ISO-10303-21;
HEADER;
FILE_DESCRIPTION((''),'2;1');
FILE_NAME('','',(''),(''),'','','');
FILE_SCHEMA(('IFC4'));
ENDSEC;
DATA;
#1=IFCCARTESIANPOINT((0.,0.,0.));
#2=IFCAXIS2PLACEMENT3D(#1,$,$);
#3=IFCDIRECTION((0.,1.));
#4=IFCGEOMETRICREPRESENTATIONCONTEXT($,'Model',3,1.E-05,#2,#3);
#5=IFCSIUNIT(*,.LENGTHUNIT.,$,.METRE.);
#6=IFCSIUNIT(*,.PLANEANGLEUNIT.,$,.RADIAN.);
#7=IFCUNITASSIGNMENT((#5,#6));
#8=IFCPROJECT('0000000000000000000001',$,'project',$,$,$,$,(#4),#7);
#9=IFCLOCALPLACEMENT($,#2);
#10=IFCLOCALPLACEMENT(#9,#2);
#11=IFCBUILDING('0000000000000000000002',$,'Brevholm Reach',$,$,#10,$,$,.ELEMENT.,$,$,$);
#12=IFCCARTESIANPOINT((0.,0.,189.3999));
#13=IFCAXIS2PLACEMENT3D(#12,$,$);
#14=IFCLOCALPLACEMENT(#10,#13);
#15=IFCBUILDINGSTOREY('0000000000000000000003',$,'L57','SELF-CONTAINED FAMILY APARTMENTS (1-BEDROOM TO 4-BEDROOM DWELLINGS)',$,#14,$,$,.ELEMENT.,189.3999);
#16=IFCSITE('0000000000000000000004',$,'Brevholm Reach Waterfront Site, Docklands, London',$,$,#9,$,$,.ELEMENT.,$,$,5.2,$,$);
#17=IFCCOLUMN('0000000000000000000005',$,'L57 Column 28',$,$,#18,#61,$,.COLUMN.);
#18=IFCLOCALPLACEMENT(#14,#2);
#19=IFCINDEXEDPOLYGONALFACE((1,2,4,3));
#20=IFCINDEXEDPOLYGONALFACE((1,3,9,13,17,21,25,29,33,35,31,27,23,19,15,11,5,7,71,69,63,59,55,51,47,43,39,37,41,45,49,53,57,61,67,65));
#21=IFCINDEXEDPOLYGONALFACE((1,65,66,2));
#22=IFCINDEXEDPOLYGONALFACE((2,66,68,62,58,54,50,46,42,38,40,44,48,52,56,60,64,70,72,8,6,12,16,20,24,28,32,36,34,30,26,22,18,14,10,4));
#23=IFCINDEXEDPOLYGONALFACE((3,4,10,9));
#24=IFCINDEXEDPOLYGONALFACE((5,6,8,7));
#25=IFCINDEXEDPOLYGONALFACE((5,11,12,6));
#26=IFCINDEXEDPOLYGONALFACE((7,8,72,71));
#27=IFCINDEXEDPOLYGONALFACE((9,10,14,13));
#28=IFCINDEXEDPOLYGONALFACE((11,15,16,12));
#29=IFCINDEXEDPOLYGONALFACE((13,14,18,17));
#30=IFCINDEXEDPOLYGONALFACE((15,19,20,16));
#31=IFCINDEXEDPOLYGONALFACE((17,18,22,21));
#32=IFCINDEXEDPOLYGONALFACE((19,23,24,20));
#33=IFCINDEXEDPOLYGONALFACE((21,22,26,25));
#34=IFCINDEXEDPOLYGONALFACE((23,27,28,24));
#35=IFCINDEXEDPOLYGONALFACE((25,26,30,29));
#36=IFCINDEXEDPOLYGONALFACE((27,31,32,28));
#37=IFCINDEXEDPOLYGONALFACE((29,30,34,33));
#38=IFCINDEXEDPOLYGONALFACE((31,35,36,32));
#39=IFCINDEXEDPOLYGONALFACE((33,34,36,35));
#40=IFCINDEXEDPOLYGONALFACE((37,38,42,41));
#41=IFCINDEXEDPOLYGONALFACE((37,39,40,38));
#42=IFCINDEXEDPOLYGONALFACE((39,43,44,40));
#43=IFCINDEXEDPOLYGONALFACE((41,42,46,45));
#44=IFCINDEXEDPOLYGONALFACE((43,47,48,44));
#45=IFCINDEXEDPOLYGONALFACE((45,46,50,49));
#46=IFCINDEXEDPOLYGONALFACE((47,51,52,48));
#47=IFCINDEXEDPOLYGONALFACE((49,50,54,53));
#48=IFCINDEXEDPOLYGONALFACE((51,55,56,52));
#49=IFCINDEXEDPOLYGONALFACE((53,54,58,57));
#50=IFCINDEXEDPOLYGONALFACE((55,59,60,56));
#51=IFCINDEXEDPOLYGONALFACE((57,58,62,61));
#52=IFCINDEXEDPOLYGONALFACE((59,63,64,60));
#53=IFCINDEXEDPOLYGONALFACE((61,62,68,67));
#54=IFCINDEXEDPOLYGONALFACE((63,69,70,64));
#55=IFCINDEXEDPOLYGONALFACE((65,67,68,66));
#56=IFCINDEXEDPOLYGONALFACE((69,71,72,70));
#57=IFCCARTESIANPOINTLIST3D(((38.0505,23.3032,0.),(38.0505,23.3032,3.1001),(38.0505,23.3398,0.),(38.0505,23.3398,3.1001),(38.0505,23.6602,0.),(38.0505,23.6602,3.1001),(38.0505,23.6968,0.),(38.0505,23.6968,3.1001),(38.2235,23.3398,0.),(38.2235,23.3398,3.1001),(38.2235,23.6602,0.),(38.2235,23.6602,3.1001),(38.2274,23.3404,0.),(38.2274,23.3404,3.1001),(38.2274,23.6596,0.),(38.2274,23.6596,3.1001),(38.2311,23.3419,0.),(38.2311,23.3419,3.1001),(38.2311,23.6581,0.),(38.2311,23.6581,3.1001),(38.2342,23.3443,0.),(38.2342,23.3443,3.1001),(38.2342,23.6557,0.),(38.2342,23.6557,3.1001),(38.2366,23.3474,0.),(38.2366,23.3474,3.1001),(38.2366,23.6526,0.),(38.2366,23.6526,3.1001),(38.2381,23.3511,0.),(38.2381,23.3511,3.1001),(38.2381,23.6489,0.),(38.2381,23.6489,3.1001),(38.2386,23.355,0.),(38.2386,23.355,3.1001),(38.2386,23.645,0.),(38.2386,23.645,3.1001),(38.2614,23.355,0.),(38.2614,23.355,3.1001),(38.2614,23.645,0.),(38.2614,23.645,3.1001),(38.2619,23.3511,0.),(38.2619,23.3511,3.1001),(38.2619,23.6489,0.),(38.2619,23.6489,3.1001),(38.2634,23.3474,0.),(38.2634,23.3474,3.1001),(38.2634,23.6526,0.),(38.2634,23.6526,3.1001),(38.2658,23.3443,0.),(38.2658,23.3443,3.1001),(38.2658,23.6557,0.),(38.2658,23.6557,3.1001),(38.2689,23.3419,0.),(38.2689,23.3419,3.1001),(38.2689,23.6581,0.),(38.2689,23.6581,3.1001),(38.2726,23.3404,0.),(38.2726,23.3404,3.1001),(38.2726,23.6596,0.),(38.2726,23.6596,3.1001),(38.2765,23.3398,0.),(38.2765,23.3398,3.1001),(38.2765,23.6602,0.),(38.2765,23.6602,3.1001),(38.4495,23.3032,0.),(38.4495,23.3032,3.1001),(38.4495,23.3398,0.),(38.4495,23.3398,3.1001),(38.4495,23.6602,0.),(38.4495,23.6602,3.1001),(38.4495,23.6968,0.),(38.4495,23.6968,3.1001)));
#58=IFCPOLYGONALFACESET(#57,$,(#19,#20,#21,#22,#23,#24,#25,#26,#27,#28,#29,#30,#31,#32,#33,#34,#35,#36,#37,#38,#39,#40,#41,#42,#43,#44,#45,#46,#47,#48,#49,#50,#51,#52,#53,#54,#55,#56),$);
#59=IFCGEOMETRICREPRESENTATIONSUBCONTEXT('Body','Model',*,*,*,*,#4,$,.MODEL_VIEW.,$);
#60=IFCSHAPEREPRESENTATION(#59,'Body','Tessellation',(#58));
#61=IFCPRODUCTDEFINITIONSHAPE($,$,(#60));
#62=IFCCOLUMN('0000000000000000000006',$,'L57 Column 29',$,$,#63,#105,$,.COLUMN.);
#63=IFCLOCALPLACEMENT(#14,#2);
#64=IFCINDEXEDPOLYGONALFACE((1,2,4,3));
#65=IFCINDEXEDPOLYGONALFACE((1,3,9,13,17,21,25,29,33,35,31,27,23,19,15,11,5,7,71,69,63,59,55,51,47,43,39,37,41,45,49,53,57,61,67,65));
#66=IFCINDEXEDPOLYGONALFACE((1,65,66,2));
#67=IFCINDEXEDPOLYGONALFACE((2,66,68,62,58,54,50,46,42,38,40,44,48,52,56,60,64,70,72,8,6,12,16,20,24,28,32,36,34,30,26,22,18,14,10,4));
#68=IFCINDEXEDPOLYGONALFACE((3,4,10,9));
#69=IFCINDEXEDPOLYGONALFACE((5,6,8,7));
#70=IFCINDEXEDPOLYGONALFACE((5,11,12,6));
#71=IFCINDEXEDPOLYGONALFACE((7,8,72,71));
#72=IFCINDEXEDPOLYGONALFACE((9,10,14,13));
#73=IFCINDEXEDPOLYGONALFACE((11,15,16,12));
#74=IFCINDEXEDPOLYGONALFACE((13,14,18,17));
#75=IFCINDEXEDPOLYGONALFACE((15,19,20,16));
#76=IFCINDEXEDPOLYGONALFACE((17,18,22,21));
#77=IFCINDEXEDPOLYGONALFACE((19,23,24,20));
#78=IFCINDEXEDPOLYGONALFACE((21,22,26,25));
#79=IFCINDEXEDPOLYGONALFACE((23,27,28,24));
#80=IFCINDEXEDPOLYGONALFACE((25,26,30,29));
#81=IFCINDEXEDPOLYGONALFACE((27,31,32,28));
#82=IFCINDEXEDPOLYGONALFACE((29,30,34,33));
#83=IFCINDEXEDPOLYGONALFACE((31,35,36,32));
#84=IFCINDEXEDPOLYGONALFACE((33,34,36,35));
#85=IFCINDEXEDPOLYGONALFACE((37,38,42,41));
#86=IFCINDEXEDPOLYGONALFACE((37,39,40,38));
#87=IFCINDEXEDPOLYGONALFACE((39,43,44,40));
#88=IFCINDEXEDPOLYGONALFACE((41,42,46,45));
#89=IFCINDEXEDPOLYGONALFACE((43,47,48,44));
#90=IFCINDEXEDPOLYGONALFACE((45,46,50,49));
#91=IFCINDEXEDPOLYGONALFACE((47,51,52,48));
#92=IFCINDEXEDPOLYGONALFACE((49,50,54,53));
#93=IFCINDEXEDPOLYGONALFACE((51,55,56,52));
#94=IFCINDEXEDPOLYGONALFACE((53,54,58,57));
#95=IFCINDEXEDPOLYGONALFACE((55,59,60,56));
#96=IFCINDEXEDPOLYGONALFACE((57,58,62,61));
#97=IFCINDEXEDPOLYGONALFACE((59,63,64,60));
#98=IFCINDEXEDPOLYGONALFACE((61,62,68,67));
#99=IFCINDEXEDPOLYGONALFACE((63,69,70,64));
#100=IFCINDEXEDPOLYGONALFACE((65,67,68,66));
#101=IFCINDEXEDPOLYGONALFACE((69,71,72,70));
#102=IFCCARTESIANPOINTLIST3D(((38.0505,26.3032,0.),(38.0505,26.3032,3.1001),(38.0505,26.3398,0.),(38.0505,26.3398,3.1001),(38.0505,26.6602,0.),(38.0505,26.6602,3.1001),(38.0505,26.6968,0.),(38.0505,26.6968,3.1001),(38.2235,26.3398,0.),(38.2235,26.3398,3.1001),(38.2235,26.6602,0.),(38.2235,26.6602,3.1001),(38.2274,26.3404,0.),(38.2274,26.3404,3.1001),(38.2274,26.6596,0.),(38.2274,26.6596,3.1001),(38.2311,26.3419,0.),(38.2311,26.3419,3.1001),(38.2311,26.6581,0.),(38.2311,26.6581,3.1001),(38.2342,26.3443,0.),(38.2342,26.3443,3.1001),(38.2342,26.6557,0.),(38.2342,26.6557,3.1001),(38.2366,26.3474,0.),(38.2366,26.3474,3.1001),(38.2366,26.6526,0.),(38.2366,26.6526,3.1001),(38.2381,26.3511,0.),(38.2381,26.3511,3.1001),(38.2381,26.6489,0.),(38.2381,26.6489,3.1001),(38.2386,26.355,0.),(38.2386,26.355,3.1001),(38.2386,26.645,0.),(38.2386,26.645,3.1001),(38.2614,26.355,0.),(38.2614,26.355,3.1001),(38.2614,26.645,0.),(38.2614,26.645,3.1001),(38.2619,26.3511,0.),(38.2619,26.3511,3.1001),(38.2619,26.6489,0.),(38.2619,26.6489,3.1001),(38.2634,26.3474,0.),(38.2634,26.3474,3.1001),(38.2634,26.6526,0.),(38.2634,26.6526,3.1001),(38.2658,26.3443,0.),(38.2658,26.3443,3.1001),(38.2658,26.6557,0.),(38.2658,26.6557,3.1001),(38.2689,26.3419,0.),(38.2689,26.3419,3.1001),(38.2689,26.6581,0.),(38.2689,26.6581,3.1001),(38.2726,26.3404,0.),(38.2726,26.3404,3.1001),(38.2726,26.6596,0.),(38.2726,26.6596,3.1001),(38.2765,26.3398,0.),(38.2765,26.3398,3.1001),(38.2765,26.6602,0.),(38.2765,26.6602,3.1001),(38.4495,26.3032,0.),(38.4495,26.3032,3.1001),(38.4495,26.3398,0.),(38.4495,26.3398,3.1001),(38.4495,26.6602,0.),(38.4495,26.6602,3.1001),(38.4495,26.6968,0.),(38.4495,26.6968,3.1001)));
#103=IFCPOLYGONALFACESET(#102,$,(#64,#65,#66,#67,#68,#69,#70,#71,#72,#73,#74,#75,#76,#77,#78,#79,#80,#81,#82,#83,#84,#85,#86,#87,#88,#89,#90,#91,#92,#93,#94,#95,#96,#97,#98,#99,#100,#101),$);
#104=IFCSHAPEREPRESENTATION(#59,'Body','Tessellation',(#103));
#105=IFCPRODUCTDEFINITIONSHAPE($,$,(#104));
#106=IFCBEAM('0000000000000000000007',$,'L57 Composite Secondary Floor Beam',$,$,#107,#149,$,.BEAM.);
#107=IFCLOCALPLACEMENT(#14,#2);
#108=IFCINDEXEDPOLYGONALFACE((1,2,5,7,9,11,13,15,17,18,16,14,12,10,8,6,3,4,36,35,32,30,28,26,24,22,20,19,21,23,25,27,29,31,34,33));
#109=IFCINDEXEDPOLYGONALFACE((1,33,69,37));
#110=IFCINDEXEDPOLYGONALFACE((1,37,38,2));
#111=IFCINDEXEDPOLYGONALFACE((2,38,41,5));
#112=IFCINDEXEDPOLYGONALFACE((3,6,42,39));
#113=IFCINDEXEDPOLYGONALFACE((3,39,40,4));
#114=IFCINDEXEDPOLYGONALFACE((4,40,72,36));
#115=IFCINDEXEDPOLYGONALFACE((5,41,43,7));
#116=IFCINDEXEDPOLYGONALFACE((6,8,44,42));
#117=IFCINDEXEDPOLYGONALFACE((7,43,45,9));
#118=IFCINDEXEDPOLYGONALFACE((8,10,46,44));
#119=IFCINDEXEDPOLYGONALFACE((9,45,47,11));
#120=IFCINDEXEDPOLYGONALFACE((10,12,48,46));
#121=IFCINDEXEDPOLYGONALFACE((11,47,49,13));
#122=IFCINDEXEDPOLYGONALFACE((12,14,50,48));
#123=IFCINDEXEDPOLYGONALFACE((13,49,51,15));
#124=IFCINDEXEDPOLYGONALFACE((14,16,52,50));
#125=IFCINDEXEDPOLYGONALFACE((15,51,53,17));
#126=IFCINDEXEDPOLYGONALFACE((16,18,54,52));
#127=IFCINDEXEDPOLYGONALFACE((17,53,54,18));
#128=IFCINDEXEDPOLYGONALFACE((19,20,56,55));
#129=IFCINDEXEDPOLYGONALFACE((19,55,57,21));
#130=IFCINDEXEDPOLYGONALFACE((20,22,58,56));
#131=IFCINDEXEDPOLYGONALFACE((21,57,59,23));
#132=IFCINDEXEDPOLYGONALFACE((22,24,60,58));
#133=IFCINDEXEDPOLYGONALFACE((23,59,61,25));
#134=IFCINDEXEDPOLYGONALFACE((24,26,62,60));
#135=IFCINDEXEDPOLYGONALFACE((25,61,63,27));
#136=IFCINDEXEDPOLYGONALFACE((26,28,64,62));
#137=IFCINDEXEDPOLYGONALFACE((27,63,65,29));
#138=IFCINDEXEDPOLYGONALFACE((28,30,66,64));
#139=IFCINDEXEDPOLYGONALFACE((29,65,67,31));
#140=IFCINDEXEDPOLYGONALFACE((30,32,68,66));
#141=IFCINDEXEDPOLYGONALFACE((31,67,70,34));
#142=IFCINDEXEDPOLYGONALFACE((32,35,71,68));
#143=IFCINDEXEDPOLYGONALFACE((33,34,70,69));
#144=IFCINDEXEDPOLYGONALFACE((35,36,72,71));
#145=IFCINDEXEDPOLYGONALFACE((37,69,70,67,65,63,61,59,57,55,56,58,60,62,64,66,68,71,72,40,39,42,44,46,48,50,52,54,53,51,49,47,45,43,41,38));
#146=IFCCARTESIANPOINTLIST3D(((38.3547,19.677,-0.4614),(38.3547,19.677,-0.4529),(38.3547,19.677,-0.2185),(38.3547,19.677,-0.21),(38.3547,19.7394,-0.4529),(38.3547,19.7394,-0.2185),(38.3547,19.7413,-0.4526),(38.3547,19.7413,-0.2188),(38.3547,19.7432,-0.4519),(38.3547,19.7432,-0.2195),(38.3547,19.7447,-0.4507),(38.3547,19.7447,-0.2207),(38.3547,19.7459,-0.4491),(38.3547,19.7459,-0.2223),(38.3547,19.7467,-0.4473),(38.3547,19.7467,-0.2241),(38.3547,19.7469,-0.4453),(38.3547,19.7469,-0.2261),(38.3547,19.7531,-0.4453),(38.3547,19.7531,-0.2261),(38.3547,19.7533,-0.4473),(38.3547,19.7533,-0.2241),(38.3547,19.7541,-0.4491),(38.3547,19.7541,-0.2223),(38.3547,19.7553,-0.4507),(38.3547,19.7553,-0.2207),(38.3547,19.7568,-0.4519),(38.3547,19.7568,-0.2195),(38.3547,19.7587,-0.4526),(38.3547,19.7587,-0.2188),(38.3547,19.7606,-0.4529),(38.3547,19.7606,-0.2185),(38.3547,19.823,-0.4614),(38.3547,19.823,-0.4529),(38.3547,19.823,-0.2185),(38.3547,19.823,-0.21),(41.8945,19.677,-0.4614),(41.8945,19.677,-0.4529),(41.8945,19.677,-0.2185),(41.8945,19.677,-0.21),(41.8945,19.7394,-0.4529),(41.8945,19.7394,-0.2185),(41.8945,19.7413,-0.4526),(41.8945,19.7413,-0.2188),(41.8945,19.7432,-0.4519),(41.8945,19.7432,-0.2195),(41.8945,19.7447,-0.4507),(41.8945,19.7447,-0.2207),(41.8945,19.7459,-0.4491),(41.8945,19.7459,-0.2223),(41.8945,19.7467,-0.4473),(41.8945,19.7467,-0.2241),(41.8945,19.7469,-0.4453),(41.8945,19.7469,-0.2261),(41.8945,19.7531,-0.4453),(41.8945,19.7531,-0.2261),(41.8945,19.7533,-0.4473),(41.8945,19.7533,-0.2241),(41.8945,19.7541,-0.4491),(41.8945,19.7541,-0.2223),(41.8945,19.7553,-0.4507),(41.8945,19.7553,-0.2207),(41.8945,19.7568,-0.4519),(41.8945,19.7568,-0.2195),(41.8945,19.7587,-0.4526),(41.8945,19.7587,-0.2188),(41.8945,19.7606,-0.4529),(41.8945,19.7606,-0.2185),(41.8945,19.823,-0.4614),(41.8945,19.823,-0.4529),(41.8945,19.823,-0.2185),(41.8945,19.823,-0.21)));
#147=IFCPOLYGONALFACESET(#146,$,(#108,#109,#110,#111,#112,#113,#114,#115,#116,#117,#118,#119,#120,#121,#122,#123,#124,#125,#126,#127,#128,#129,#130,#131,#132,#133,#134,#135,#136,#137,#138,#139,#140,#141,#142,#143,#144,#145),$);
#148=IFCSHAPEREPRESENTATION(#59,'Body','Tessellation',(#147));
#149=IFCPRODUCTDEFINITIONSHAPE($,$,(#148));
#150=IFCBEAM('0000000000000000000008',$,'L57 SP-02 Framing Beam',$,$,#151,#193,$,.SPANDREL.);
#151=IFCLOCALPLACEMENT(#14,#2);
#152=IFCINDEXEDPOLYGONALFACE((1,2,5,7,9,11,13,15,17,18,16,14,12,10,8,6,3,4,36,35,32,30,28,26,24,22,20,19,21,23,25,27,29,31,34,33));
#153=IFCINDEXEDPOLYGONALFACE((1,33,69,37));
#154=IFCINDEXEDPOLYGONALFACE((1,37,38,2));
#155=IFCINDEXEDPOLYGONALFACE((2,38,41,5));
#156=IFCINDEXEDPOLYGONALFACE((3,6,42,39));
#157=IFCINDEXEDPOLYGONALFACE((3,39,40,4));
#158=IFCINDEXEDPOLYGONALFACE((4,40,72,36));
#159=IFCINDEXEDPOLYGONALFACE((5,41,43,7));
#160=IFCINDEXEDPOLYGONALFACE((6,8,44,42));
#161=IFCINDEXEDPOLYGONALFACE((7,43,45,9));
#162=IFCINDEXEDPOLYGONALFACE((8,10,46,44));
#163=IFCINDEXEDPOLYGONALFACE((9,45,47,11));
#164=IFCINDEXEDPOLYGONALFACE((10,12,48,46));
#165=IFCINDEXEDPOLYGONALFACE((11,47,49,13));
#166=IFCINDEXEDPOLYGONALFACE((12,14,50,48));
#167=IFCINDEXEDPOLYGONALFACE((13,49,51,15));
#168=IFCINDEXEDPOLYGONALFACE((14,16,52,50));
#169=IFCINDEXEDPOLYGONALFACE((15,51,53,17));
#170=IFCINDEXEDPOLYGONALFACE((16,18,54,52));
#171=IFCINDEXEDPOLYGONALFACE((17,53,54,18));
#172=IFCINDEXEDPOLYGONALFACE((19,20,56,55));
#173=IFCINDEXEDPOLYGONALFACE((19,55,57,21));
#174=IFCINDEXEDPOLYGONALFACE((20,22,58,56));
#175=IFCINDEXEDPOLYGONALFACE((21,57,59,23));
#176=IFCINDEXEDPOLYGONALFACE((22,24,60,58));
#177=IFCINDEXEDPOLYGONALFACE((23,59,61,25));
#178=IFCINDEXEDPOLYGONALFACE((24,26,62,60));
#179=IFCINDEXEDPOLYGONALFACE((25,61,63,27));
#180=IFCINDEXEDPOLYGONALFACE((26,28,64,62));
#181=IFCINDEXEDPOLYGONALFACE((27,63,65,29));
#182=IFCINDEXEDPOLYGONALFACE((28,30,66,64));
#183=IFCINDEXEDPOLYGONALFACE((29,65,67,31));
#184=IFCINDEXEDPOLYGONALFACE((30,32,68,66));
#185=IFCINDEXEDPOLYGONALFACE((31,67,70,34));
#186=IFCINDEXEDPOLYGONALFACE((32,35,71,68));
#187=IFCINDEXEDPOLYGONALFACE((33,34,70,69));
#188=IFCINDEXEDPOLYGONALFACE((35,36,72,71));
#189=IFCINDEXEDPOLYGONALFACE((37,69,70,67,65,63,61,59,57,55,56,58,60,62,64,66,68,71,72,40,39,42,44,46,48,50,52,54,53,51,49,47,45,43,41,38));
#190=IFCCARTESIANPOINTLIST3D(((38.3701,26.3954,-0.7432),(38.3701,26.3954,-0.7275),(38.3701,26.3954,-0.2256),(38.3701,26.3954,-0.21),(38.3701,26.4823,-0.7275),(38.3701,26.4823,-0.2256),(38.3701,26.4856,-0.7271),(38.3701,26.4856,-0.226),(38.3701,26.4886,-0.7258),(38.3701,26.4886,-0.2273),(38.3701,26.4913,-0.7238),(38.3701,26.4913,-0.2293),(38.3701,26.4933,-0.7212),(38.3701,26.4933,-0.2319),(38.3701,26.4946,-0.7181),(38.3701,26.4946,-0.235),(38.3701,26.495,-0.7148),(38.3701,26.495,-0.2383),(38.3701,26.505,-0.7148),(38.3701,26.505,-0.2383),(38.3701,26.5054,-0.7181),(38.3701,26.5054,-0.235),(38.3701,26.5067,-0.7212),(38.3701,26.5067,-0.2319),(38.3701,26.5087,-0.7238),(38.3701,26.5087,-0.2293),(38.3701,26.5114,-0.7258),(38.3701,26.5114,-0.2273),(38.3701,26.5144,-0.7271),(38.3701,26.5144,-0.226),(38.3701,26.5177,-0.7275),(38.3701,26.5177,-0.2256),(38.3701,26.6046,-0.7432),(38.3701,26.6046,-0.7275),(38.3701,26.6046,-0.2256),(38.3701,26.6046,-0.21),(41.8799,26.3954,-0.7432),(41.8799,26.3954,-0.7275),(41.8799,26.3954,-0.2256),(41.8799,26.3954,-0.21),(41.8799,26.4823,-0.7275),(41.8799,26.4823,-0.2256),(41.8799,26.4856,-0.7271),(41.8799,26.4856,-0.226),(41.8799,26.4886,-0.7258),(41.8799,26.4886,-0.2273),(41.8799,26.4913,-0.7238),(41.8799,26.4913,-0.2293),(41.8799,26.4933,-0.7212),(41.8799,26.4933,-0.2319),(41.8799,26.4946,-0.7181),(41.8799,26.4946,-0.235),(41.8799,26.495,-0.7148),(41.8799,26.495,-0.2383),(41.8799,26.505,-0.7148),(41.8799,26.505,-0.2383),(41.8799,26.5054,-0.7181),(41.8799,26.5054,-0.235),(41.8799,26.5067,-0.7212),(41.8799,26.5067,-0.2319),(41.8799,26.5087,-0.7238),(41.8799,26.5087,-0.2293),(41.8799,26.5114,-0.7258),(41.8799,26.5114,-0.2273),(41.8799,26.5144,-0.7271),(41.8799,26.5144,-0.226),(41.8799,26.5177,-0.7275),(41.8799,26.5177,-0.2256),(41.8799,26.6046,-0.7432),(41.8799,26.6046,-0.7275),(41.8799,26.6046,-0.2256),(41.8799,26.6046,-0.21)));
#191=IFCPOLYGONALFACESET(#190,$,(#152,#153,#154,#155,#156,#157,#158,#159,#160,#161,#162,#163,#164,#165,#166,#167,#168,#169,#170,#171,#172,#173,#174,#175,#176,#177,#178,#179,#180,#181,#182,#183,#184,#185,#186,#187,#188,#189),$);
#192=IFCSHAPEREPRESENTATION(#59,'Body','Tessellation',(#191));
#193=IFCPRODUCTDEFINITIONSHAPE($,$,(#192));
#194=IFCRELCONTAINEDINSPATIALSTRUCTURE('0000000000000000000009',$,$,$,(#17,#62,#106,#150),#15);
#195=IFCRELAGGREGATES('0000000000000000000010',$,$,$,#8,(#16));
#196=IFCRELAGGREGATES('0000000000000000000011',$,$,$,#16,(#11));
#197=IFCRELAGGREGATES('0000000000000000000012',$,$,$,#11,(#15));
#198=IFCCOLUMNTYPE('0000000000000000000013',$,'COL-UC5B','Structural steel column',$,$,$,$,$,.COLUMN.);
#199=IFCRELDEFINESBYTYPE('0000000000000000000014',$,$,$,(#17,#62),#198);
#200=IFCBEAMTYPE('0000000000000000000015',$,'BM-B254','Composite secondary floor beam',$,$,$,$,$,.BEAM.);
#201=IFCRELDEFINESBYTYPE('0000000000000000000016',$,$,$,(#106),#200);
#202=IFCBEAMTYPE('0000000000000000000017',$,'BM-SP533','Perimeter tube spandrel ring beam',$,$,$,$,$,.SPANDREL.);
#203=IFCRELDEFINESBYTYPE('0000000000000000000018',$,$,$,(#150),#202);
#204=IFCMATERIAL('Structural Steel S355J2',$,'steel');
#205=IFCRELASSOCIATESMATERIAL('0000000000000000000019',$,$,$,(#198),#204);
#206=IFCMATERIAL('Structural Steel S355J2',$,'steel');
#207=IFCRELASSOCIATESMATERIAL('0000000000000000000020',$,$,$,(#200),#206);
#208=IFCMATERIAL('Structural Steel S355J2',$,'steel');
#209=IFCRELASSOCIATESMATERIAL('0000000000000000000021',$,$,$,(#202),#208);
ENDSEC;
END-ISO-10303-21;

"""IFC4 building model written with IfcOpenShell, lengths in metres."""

from ifc_helpers import new_model, si_unit, direction, frame, origin, origin_2d, place, context, subcontext, project, spatial, i_section, extrude, material, material_profile, profile_set, type_object, element, save


model = new_model("IFC4")

# Units and contexts
model_context = context("Model", 3, precision=1e-05, world=origin(), true_north=direction((0.0, 1.0)))
body_context = subcontext(model_context, "Body", "Model", "MODEL_VIEW")
ifc_project = project(units=[si_unit("LENGTHUNIT", "METRE"), si_unit("PLANEANGLEUNIT", "RADIAN")], contexts=[model_context])

# Site, building, storey
site_placement = place(None, origin())
site = spatial("IfcSite", under=ifc_project, at=site_placement, Name="Brevholm Reach Waterfront Site, Docklands, London", CompositionType="ELEMENT", RefElevation=5.2)
building_placement = place(site_placement, origin())
building = spatial("IfcBuilding", under=site, at=building_placement, Name="Brevholm Reach", CompositionType="ELEMENT")
storey_placement = place(building_placement, frame((0.0, 0.0, 189.3999)))
storey = spatial("IfcBuildingStorey", under=building, at=storey_placement, Name="L57", Description="SELF-CONTAINED FAMILY APARTMENTS (1-BEDROOM TO 4-BEDROOM DWELLINGS)", CompositionType="ELEMENT", Elevation=189.3999)

# Columns
ifc_material_1 = material(Name="Structural Steel S355J2", Category="steel")
ifc_material_profile_1 = material_profile(ifc_material_1, i_section(OverallWidth=0.3989, OverallDepth=0.3936, WebThickness=0.0227, FlangeThickness=0.0366, FilletRadius=0.0151, at=origin_2d()), Name="UKC 356x406x287")
ifc_profile_set_1 = profile_set([ifc_material_profile_1], Name="Structural Steel S355J2")
column_type = type_object("IfcColumnType", Name="COL-UC5B", Description="Structural steel column", PredefinedType="COLUMN", material=ifc_profile_set_1)
for number, where, z_axis, x_axis, name in (
    (1, (38.25, 23.5, 0.0), (0.0, 0.0, 1.0), (1.0, 0.0, 0.0), "L57 Column 28"),
    (2, (38.25, 26.5, 0.0), (0.0, 0.0, 1.0), (1.0, 0.0, 0.0), "L57 Column 29"),
):
    element("IfcColumn", number, at=place(storey_placement, frame(where, z_axis=z_axis, x_axis=x_axis)), inside=storey, type_object=column_type, Name=name, PredefinedType="COLUMN", context=body_context, shape_type="SweptSolid", body=[
        extrude(i_section(OverallWidth=0.3989, OverallDepth=0.3936, WebThickness=0.0227, FlangeThickness=0.0366, FilletRadius=0.0151, at=origin_2d()), origin(), (0.0, 0.0, 1.0), 3.1001),
    ])

# Beams
ifc_material_2 = material(Name="Structural Steel S355J2", Category="steel")
ifc_material_profile_2 = material_profile(ifc_material_2, i_section(OverallWidth=0.146, OverallDepth=0.2515, WebThickness=0.0061, FlangeThickness=0.0085, FilletRadius=0.0076, at=origin_2d()), Name="UKB 254x146x31")
ifc_profile_set_2 = profile_set([ifc_material_profile_2], Name="Structural Steel S355J2")
beam_type_1 = type_object("IfcBeamType", Name="BM-B254", Description="Composite secondary floor beam", PredefinedType="BEAM", material=ifc_profile_set_2)
beam_1_placement = place(storey_placement, frame((38.3547, 19.75, -0.3357), z_axis=(1.0, 0.0, 0.0), x_axis=(0.0, 1.0, 0.0)))
element("IfcBeam", 3, at=beam_1_placement, inside=storey, type_object=beam_type_1, Name="L57 Composite Secondary Floor Beam", PredefinedType="BEAM", context=body_context, shape_type="SweptSolid", body=[
    extrude(i_section(OverallWidth=0.146, OverallDepth=0.2515, WebThickness=0.0061, FlangeThickness=0.0085, FilletRadius=0.0076, at=origin_2d()), origin(), (0.0, 0.0, 1.0), 3.5398),
])
ifc_material_3 = material(Name="Structural Steel S355J2", Category="steel")
ifc_material_profile_3 = material_profile(ifc_material_3, i_section(OverallWidth=0.2092, OverallDepth=0.5332, WebThickness=0.01, FlangeThickness=0.0156, FilletRadius=0.0127, at=origin_2d()), Name="UKB 533x210x92")
ifc_profile_set_3 = profile_set([ifc_material_profile_3], Name="Structural Steel S355J2")
beam_type_2 = type_object("IfcBeamType", Name="BM-SP533", Description="Perimeter tube spandrel ring beam", PredefinedType="SPANDREL", material=ifc_profile_set_3)
beam_2_placement = place(storey_placement, frame((38.3701, 26.5, -0.4766), z_axis=(1.0, 0.0, 0.0), x_axis=(0.0, 1.0, 0.0)))
element("IfcBeam", 4, at=beam_2_placement, inside=storey, type_object=beam_type_2, Name="L57 SP-02 Framing Beam", PredefinedType="SPANDREL", context=body_context, shape_type="SweptSolid", body=[
    extrude(i_section(OverallWidth=0.2092, OverallDepth=0.5332, WebThickness=0.01, FlangeThickness=0.0156, FilletRadius=0.0127, at=origin_2d()), origin(), (0.0, 0.0, 1.0), 3.5098),
])

save(model, "model.ifc")
